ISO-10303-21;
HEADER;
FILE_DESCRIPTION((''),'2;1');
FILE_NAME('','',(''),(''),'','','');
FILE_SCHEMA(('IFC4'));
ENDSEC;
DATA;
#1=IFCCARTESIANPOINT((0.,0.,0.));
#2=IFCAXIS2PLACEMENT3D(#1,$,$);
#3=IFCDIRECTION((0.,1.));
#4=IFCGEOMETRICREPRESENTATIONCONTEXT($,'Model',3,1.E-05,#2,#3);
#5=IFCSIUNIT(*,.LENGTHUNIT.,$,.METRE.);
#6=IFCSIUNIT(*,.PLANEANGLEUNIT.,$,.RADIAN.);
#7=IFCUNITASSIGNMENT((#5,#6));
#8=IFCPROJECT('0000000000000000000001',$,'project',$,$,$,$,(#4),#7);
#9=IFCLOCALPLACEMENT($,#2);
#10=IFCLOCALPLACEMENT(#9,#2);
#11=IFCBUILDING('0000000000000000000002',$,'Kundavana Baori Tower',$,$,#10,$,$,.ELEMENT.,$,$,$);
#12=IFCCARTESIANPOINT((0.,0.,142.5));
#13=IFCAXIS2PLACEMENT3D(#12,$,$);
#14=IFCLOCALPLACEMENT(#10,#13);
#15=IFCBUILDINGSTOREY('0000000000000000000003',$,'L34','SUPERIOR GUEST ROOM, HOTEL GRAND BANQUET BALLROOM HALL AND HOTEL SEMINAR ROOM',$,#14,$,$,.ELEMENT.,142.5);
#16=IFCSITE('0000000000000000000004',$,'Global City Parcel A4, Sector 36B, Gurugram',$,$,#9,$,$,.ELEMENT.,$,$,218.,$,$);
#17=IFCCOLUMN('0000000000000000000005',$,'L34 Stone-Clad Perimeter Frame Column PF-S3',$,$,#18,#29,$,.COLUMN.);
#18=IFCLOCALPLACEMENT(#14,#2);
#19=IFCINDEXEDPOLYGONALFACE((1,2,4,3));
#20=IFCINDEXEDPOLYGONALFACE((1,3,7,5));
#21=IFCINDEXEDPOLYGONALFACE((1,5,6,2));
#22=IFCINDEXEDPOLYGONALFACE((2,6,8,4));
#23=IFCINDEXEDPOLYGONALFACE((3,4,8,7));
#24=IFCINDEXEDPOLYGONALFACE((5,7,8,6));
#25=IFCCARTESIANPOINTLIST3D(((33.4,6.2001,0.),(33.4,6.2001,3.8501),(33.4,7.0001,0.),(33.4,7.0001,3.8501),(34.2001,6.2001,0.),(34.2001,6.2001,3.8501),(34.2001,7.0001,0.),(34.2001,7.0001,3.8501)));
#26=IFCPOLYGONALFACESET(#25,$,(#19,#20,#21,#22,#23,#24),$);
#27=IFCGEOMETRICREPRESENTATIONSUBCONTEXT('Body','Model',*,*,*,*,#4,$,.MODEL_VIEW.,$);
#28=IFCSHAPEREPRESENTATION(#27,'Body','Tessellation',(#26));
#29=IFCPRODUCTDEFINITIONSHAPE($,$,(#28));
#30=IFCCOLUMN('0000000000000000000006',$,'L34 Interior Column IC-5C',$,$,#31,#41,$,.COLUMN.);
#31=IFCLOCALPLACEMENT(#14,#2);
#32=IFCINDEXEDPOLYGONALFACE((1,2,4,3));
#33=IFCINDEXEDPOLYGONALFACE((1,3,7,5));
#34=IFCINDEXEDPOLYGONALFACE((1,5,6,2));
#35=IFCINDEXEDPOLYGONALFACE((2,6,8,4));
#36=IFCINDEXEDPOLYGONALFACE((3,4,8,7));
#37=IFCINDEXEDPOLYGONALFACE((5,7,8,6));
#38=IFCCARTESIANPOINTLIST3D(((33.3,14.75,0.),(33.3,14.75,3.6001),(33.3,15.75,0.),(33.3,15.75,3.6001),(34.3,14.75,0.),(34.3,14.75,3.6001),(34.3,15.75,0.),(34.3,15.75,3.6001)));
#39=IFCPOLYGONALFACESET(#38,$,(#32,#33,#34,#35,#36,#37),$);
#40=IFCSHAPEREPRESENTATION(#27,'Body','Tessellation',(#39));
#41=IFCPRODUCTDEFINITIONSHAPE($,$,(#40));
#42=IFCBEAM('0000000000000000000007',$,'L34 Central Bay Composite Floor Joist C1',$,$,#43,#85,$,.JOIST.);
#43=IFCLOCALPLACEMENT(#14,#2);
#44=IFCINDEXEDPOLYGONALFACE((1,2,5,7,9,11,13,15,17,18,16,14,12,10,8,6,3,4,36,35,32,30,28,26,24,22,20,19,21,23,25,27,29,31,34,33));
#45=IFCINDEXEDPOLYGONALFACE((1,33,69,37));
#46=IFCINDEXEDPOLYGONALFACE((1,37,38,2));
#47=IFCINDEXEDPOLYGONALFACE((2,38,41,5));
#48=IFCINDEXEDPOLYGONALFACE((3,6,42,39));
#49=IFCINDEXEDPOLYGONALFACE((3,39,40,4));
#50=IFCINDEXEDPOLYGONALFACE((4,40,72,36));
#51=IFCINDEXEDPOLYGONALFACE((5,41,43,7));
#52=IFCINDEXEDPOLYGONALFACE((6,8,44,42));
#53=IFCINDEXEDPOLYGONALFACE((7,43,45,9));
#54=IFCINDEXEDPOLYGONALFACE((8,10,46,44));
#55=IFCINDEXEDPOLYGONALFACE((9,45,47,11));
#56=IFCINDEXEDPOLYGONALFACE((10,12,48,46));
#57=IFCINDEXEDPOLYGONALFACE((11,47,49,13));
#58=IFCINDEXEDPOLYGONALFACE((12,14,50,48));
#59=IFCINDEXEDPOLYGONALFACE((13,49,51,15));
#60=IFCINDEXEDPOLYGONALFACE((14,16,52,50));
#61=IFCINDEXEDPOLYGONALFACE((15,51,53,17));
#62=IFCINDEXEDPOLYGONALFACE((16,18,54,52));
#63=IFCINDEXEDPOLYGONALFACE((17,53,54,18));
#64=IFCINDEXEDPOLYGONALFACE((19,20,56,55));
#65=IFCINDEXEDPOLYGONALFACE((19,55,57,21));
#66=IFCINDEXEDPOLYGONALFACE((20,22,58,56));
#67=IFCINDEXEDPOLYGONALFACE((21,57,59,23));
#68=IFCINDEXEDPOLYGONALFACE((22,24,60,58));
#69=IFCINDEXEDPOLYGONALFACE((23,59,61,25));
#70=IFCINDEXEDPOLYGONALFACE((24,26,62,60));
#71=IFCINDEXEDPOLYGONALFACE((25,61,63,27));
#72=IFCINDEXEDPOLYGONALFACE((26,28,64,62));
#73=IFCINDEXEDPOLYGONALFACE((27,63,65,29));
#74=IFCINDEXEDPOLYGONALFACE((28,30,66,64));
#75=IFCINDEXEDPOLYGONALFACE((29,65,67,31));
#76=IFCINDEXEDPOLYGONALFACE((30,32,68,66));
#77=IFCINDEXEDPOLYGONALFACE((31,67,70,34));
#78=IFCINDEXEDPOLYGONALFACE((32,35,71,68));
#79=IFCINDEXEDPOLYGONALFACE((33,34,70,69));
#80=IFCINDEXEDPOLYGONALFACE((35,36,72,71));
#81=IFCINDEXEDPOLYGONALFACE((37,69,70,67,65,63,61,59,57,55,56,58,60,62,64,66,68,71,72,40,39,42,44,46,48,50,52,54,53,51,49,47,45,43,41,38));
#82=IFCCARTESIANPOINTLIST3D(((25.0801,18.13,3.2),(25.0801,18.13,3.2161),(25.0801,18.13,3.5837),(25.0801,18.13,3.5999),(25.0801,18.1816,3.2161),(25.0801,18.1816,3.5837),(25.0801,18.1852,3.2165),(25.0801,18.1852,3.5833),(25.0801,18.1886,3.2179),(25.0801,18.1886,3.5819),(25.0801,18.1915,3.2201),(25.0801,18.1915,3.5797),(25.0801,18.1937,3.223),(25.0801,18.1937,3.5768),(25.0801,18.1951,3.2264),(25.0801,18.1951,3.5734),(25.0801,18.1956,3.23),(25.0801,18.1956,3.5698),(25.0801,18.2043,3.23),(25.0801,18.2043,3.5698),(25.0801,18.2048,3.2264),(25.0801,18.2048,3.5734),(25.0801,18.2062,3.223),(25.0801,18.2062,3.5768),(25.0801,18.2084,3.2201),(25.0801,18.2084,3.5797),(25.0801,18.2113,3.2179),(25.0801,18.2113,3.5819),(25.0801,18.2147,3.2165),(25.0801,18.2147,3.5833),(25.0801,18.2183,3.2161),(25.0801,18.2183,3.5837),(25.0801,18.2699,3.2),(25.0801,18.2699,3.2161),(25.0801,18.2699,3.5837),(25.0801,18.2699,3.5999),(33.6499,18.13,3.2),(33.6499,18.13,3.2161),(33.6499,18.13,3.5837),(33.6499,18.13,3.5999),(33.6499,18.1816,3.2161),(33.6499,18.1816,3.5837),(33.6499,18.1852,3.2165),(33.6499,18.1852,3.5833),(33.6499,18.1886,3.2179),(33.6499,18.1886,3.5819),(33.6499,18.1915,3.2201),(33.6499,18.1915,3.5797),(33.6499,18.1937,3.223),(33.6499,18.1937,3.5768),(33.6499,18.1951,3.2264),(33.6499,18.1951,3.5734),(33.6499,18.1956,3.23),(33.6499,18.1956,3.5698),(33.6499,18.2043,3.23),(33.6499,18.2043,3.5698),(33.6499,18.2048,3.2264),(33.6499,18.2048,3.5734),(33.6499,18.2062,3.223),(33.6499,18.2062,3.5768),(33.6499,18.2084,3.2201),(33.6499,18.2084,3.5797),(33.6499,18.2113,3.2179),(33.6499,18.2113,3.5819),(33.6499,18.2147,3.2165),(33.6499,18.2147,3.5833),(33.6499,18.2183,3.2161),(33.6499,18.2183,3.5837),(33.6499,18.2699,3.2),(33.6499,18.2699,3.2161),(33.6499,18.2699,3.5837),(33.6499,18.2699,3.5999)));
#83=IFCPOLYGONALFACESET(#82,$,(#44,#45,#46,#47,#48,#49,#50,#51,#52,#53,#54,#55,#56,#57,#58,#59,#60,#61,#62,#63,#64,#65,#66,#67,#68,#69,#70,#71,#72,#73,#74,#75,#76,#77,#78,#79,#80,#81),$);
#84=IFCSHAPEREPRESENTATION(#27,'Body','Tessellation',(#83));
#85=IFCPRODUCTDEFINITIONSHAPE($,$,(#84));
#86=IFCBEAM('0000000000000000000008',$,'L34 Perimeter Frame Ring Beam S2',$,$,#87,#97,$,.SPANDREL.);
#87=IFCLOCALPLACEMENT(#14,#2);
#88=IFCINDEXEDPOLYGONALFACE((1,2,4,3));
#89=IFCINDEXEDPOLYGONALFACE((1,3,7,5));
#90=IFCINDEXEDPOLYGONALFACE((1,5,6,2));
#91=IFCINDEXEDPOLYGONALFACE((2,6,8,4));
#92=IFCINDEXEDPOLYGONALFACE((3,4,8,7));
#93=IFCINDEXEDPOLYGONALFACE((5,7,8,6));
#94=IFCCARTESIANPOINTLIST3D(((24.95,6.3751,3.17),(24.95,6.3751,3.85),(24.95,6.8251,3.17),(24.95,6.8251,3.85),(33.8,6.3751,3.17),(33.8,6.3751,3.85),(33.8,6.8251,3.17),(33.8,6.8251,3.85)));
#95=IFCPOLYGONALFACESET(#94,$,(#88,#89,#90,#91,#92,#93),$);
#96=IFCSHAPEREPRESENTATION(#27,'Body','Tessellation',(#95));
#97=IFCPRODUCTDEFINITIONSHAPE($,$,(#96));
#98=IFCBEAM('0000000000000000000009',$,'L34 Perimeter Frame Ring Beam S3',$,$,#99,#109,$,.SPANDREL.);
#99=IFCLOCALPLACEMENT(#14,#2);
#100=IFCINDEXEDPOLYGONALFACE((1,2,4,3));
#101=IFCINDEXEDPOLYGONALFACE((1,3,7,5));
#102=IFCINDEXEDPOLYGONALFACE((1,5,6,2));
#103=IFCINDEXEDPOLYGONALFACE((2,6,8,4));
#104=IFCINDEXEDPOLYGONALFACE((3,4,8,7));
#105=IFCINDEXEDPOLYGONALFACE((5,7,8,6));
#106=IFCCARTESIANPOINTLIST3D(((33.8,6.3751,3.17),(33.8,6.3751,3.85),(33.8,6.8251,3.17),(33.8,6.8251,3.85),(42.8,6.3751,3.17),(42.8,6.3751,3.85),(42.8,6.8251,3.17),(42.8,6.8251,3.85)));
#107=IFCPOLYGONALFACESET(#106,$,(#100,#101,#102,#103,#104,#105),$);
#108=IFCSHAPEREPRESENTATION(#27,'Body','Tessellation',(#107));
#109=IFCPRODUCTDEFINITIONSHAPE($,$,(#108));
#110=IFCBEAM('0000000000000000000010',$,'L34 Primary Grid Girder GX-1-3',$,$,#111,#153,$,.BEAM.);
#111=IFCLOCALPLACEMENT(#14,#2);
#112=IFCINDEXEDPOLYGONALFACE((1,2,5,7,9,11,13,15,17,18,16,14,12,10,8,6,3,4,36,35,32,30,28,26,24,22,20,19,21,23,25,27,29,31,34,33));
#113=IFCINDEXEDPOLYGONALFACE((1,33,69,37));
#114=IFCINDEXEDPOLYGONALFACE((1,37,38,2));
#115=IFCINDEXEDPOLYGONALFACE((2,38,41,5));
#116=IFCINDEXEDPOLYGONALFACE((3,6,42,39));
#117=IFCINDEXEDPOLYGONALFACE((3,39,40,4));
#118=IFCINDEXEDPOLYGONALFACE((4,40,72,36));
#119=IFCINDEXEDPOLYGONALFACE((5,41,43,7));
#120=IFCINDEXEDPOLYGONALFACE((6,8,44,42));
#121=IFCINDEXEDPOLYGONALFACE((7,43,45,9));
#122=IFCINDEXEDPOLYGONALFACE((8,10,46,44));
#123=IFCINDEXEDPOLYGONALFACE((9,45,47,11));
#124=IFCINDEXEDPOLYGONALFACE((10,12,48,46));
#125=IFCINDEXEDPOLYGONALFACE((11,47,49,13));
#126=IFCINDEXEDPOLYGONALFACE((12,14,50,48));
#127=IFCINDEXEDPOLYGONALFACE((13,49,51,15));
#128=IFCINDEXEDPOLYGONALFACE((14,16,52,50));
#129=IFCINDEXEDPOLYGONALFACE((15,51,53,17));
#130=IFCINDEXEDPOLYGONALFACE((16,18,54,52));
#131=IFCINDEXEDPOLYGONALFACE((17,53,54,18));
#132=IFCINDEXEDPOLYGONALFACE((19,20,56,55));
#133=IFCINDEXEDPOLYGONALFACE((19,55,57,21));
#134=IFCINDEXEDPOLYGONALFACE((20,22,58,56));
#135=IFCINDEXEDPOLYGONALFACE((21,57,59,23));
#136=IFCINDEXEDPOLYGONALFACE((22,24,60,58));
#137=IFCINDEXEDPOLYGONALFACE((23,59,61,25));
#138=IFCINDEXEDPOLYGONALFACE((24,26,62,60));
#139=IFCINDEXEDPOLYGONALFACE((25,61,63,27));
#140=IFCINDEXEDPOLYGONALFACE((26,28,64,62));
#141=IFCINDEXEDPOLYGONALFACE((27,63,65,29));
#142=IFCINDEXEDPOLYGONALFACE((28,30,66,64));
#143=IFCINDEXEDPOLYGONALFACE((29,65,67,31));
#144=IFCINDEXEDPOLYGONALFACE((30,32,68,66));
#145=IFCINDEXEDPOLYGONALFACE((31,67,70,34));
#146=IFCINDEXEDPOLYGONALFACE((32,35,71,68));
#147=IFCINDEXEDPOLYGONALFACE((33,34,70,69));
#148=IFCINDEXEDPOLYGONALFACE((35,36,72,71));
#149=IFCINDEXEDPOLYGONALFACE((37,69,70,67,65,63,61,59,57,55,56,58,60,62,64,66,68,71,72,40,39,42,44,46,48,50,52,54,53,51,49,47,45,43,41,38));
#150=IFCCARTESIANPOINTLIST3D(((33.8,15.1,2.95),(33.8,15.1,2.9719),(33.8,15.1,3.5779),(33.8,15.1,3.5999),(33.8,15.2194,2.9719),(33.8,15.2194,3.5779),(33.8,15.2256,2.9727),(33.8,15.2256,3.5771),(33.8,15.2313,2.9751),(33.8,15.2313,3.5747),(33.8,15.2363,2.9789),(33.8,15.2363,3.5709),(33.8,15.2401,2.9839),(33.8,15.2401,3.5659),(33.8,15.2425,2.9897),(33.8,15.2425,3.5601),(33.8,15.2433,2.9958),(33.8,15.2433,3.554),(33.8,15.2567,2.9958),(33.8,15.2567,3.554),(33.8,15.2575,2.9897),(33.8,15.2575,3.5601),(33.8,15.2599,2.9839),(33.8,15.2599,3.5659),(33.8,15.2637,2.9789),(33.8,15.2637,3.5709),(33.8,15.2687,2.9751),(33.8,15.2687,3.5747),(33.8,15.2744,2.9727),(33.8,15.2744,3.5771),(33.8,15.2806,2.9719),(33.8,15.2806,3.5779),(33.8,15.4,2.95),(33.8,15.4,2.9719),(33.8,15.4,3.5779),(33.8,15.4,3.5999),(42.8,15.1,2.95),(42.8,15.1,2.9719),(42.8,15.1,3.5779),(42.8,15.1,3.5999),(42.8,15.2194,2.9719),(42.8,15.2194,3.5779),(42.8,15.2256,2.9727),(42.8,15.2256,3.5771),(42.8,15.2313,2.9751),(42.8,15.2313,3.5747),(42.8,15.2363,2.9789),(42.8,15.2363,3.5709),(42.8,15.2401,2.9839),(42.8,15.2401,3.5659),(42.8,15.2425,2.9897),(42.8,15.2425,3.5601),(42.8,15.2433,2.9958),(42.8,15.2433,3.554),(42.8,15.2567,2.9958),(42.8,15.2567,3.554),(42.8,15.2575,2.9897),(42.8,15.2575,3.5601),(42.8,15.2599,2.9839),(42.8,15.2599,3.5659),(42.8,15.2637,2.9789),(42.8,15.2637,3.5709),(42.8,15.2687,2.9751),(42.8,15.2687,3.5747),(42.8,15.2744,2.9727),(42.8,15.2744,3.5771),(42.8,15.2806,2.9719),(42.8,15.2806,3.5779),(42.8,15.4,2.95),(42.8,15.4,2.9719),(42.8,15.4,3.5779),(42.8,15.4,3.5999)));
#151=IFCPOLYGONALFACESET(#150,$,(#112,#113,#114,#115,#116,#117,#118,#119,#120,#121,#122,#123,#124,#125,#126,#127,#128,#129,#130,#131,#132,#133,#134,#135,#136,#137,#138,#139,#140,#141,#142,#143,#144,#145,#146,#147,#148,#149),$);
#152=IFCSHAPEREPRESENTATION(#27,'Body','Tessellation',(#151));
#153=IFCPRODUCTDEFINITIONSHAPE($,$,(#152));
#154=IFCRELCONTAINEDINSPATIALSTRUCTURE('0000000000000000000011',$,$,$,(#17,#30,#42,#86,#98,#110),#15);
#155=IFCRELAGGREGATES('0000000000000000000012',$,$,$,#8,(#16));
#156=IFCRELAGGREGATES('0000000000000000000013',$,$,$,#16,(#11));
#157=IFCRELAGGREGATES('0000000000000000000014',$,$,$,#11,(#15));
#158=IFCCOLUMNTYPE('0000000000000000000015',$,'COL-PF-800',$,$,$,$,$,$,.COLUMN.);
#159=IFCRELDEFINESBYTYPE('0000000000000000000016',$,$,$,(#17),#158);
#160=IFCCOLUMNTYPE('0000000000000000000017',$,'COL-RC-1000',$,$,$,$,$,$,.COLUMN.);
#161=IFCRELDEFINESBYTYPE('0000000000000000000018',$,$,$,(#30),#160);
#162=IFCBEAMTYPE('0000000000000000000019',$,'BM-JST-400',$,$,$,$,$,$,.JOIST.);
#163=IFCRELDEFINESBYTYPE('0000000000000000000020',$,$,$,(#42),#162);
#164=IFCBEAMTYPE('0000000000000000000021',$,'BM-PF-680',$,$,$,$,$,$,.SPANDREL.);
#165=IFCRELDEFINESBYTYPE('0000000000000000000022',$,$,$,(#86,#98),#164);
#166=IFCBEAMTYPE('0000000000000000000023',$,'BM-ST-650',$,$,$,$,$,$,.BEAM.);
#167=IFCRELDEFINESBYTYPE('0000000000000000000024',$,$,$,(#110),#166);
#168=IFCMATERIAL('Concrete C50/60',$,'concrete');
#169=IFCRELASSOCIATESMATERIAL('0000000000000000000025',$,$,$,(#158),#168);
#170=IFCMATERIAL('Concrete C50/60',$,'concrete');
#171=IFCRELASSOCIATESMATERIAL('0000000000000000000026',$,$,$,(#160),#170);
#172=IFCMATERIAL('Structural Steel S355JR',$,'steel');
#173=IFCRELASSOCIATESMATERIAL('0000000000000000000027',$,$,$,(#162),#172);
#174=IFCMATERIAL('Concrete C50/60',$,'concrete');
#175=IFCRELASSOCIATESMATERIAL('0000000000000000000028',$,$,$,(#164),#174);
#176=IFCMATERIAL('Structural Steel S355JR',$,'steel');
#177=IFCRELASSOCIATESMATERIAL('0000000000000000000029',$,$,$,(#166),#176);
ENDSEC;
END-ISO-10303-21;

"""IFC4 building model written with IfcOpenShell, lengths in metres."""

from ifc_helpers import new_model, si_unit, direction, frame, origin, origin_2d, place, context, subcontext, project, spatial, rectangle, i_section, extrude, material, material_profile, profile_set, type_object, element, save


model = new_model("IFC4")

# Units and contexts
model_context = context("Model", 3, precision=1e-05, world=origin(), true_north=direction((0.0, 1.0)))
body_context = subcontext(model_context, "Body", "Model", "MODEL_VIEW")
ifc_project = project(units=[si_unit("LENGTHUNIT", "METRE"), si_unit("PLANEANGLEUNIT", "RADIAN")], contexts=[model_context])

# Site, building, storey
site_placement = place(None, origin())
site = spatial("IfcSite", under=ifc_project, at=site_placement, Name="Global City Parcel A4, Sector 36B, Gurugram", CompositionType="ELEMENT", RefElevation=218.0)
building_placement = place(site_placement, origin())
building = spatial("IfcBuilding", under=site, at=building_placement, Name="Kundavana Baori Tower", CompositionType="ELEMENT")
storey_placement = place(building_placement, frame((0.0, 0.0, 142.5)))
storey = spatial("IfcBuildingStorey", under=building, at=storey_placement, Name="L34", Description="SUPERIOR GUEST ROOM, HOTEL GRAND BANQUET BALLROOM HALL AND HOTEL SEMINAR ROOM", CompositionType="ELEMENT", Elevation=142.5)

# Columns
ifc_material_1 = material(Name="Concrete C50/60", Category="concrete")
ifc_material_profile_1 = material_profile(ifc_material_1, rectangle(XDim=0.8, YDim=0.8, at=origin_2d()), Name="RC PF 800x800")
ifc_profile_set_1 = profile_set([ifc_material_profile_1], Name="Concrete C50/60")
column_type_1 = type_object("IfcColumnType", Name="COL-PF-800", PredefinedType="COLUMN", material=ifc_profile_set_1)
column_1_placement = place(storey_placement, frame((33.8, 6.6001, 0.0), z_axis=(0.0, 0.0, 1.0), x_axis=(1.0, 0.0, 0.0)))
element("IfcColumn", 1, at=column_1_placement, inside=storey, type_object=column_type_1, Name="L34 Stone-Clad Perimeter Frame Column PF-S3", PredefinedType="COLUMN", context=body_context, shape_type="SweptSolid", body=[
    extrude(rectangle(XDim=0.8, YDim=0.8, at=origin_2d()), origin(), (0.0, 0.0, 1.0), 3.8501),
])
ifc_material_2 = material(Name="Concrete C50/60", Category="concrete")
ifc_material_profile_2 = material_profile(ifc_material_2, rectangle(XDim=1.0, YDim=1.0, at=origin_2d()), Name="RC 1000x1000")
ifc_profile_set_2 = profile_set([ifc_material_profile_2], Name="Concrete C50/60")
column_type_2 = type_object("IfcColumnType", Name="COL-RC-1000", PredefinedType="COLUMN", material=ifc_profile_set_2)
column_2_placement = place(storey_placement, frame((33.8, 15.25, 0.0), z_axis=(0.0, 0.0, 1.0), x_axis=(1.0, 0.0, 0.0)))
element("IfcColumn", 2, at=column_2_placement, inside=storey, type_object=column_type_2, Name="L34 Interior Column IC-5C", PredefinedType="COLUMN", context=body_context, shape_type="SweptSolid", body=[
    extrude(rectangle(XDim=1.0, YDim=1.0, at=origin_2d()), origin(), (0.0, 0.0, 1.0), 3.6001),
])

# Beams
ifc_material_3 = material(Name="Structural Steel S355JR", Category="steel")
ifc_material_profile_3 = material_profile(ifc_material_3, i_section(OverallWidth=0.1399, OverallDepth=0.3999, WebThickness=0.0088, FlangeThickness=0.0161, FilletRadius=0.0139, at=origin_2d()), Name="ISMB 400")
ifc_profile_set_3 = profile_set([ifc_material_profile_3], Name="Structural Steel S355JR")
beam_type_1 = type_object("IfcBeamType", Name="BM-JST-400", PredefinedType="JOIST", material=ifc_profile_set_3)
beam_1_placement = place(storey_placement, frame((25.0801, 18.2, 3.3999), z_axis=(1.0, 0.0, 0.0), x_axis=(0.0, 1.0, 0.0)))
element("IfcBeam", 3, at=beam_1_placement, inside=storey, type_object=beam_type_1, Name="L34 Central Bay Composite Floor Joist C1", PredefinedType="JOIST", context=body_context, shape_type="SweptSolid", body=[
    extrude(i_section(OverallWidth=0.1399, OverallDepth=0.3999, WebThickness=0.0088, FlangeThickness=0.0161, FilletRadius=0.0139, at=origin_2d()), origin(), (0.0, 0.0, 1.0), 8.5698),
])
ifc_material_4 = material(Name="Concrete C50/60", Category="concrete")
ifc_material_profile_4 = material_profile(ifc_material_4, rectangle(XDim=0.45, YDim=0.6799, at=origin_2d()), Name="RC BM 450x680")
ifc_profile_set_4 = profile_set([ifc_material_profile_4], Name="Concrete C50/60")
beam_type_2 = type_object("IfcBeamType", Name="BM-PF-680", PredefinedType="SPANDREL", material=ifc_profile_set_4)
beam_2_placement = place(storey_placement, frame((24.95, 6.6001, 3.51), z_axis=(1.0, 0.0, 0.0), x_axis=(0.0, 1.0, 0.0)))
element("IfcBeam", 4, at=beam_2_placement, inside=storey, type_object=beam_type_2, Name="L34 Perimeter Frame Ring Beam S2", PredefinedType="SPANDREL", context=body_context, shape_type="SweptSolid", body=[
    extrude(rectangle(XDim=0.45, YDim=0.6799, at=origin_2d()), origin(), (0.0, 0.0, 1.0), 8.8501),
])
beam_3_placement = place(storey_placement, frame((33.8, 6.6001, 3.51), z_axis=(1.0, 0.0, 0.0), x_axis=(0.0, 1.0, 0.0)))
element("IfcBeam", 5, at=beam_3_placement, inside=storey, type_object=beam_type_2, Name="L34 Perimeter Frame Ring Beam S3", PredefinedType="SPANDREL", context=body_context, shape_type="SweptSolid", body=[
    extrude(rectangle(XDim=0.45, YDim=0.6799, at=origin_2d()), origin(), (0.0, 0.0, 1.0), 9.0),
])
ifc_material_5 = material(Name="Structural Steel S355JR", Category="steel")
ifc_material_profile_5 = material_profile(ifc_material_5, i_section(OverallWidth=0.3, OverallDepth=0.6499, WebThickness=0.0134, FlangeThickness=0.022, FilletRadius=0.0239, at=origin_2d()), Name="NPB 650x300x155")
ifc_profile_set_5 = profile_set([ifc_material_profile_5], Name="Structural Steel S355JR")
beam_type_3 = type_object("IfcBeamType", Name="BM-ST-650", PredefinedType="BEAM", material=ifc_profile_set_5)
beam_4_placement = place(storey_placement, frame((33.8, 15.25, 3.2749), z_axis=(1.0, 0.0, 0.0), x_axis=(0.0, 1.0, 0.0)))
element("IfcBeam", 6, at=beam_4_placement, inside=storey, type_object=beam_type_3, Name="L34 Primary Grid Girder GX-1-3", PredefinedType="BEAM", context=body_context, shape_type="SweptSolid", body=[
    extrude(i_section(OverallWidth=0.3, OverallDepth=0.6499, WebThickness=0.0134, FlangeThickness=0.022, FilletRadius=0.0239, at=origin_2d()), origin(), (0.0, 0.0, 1.0), 9.0),
])

save(model, "model.ifc")
